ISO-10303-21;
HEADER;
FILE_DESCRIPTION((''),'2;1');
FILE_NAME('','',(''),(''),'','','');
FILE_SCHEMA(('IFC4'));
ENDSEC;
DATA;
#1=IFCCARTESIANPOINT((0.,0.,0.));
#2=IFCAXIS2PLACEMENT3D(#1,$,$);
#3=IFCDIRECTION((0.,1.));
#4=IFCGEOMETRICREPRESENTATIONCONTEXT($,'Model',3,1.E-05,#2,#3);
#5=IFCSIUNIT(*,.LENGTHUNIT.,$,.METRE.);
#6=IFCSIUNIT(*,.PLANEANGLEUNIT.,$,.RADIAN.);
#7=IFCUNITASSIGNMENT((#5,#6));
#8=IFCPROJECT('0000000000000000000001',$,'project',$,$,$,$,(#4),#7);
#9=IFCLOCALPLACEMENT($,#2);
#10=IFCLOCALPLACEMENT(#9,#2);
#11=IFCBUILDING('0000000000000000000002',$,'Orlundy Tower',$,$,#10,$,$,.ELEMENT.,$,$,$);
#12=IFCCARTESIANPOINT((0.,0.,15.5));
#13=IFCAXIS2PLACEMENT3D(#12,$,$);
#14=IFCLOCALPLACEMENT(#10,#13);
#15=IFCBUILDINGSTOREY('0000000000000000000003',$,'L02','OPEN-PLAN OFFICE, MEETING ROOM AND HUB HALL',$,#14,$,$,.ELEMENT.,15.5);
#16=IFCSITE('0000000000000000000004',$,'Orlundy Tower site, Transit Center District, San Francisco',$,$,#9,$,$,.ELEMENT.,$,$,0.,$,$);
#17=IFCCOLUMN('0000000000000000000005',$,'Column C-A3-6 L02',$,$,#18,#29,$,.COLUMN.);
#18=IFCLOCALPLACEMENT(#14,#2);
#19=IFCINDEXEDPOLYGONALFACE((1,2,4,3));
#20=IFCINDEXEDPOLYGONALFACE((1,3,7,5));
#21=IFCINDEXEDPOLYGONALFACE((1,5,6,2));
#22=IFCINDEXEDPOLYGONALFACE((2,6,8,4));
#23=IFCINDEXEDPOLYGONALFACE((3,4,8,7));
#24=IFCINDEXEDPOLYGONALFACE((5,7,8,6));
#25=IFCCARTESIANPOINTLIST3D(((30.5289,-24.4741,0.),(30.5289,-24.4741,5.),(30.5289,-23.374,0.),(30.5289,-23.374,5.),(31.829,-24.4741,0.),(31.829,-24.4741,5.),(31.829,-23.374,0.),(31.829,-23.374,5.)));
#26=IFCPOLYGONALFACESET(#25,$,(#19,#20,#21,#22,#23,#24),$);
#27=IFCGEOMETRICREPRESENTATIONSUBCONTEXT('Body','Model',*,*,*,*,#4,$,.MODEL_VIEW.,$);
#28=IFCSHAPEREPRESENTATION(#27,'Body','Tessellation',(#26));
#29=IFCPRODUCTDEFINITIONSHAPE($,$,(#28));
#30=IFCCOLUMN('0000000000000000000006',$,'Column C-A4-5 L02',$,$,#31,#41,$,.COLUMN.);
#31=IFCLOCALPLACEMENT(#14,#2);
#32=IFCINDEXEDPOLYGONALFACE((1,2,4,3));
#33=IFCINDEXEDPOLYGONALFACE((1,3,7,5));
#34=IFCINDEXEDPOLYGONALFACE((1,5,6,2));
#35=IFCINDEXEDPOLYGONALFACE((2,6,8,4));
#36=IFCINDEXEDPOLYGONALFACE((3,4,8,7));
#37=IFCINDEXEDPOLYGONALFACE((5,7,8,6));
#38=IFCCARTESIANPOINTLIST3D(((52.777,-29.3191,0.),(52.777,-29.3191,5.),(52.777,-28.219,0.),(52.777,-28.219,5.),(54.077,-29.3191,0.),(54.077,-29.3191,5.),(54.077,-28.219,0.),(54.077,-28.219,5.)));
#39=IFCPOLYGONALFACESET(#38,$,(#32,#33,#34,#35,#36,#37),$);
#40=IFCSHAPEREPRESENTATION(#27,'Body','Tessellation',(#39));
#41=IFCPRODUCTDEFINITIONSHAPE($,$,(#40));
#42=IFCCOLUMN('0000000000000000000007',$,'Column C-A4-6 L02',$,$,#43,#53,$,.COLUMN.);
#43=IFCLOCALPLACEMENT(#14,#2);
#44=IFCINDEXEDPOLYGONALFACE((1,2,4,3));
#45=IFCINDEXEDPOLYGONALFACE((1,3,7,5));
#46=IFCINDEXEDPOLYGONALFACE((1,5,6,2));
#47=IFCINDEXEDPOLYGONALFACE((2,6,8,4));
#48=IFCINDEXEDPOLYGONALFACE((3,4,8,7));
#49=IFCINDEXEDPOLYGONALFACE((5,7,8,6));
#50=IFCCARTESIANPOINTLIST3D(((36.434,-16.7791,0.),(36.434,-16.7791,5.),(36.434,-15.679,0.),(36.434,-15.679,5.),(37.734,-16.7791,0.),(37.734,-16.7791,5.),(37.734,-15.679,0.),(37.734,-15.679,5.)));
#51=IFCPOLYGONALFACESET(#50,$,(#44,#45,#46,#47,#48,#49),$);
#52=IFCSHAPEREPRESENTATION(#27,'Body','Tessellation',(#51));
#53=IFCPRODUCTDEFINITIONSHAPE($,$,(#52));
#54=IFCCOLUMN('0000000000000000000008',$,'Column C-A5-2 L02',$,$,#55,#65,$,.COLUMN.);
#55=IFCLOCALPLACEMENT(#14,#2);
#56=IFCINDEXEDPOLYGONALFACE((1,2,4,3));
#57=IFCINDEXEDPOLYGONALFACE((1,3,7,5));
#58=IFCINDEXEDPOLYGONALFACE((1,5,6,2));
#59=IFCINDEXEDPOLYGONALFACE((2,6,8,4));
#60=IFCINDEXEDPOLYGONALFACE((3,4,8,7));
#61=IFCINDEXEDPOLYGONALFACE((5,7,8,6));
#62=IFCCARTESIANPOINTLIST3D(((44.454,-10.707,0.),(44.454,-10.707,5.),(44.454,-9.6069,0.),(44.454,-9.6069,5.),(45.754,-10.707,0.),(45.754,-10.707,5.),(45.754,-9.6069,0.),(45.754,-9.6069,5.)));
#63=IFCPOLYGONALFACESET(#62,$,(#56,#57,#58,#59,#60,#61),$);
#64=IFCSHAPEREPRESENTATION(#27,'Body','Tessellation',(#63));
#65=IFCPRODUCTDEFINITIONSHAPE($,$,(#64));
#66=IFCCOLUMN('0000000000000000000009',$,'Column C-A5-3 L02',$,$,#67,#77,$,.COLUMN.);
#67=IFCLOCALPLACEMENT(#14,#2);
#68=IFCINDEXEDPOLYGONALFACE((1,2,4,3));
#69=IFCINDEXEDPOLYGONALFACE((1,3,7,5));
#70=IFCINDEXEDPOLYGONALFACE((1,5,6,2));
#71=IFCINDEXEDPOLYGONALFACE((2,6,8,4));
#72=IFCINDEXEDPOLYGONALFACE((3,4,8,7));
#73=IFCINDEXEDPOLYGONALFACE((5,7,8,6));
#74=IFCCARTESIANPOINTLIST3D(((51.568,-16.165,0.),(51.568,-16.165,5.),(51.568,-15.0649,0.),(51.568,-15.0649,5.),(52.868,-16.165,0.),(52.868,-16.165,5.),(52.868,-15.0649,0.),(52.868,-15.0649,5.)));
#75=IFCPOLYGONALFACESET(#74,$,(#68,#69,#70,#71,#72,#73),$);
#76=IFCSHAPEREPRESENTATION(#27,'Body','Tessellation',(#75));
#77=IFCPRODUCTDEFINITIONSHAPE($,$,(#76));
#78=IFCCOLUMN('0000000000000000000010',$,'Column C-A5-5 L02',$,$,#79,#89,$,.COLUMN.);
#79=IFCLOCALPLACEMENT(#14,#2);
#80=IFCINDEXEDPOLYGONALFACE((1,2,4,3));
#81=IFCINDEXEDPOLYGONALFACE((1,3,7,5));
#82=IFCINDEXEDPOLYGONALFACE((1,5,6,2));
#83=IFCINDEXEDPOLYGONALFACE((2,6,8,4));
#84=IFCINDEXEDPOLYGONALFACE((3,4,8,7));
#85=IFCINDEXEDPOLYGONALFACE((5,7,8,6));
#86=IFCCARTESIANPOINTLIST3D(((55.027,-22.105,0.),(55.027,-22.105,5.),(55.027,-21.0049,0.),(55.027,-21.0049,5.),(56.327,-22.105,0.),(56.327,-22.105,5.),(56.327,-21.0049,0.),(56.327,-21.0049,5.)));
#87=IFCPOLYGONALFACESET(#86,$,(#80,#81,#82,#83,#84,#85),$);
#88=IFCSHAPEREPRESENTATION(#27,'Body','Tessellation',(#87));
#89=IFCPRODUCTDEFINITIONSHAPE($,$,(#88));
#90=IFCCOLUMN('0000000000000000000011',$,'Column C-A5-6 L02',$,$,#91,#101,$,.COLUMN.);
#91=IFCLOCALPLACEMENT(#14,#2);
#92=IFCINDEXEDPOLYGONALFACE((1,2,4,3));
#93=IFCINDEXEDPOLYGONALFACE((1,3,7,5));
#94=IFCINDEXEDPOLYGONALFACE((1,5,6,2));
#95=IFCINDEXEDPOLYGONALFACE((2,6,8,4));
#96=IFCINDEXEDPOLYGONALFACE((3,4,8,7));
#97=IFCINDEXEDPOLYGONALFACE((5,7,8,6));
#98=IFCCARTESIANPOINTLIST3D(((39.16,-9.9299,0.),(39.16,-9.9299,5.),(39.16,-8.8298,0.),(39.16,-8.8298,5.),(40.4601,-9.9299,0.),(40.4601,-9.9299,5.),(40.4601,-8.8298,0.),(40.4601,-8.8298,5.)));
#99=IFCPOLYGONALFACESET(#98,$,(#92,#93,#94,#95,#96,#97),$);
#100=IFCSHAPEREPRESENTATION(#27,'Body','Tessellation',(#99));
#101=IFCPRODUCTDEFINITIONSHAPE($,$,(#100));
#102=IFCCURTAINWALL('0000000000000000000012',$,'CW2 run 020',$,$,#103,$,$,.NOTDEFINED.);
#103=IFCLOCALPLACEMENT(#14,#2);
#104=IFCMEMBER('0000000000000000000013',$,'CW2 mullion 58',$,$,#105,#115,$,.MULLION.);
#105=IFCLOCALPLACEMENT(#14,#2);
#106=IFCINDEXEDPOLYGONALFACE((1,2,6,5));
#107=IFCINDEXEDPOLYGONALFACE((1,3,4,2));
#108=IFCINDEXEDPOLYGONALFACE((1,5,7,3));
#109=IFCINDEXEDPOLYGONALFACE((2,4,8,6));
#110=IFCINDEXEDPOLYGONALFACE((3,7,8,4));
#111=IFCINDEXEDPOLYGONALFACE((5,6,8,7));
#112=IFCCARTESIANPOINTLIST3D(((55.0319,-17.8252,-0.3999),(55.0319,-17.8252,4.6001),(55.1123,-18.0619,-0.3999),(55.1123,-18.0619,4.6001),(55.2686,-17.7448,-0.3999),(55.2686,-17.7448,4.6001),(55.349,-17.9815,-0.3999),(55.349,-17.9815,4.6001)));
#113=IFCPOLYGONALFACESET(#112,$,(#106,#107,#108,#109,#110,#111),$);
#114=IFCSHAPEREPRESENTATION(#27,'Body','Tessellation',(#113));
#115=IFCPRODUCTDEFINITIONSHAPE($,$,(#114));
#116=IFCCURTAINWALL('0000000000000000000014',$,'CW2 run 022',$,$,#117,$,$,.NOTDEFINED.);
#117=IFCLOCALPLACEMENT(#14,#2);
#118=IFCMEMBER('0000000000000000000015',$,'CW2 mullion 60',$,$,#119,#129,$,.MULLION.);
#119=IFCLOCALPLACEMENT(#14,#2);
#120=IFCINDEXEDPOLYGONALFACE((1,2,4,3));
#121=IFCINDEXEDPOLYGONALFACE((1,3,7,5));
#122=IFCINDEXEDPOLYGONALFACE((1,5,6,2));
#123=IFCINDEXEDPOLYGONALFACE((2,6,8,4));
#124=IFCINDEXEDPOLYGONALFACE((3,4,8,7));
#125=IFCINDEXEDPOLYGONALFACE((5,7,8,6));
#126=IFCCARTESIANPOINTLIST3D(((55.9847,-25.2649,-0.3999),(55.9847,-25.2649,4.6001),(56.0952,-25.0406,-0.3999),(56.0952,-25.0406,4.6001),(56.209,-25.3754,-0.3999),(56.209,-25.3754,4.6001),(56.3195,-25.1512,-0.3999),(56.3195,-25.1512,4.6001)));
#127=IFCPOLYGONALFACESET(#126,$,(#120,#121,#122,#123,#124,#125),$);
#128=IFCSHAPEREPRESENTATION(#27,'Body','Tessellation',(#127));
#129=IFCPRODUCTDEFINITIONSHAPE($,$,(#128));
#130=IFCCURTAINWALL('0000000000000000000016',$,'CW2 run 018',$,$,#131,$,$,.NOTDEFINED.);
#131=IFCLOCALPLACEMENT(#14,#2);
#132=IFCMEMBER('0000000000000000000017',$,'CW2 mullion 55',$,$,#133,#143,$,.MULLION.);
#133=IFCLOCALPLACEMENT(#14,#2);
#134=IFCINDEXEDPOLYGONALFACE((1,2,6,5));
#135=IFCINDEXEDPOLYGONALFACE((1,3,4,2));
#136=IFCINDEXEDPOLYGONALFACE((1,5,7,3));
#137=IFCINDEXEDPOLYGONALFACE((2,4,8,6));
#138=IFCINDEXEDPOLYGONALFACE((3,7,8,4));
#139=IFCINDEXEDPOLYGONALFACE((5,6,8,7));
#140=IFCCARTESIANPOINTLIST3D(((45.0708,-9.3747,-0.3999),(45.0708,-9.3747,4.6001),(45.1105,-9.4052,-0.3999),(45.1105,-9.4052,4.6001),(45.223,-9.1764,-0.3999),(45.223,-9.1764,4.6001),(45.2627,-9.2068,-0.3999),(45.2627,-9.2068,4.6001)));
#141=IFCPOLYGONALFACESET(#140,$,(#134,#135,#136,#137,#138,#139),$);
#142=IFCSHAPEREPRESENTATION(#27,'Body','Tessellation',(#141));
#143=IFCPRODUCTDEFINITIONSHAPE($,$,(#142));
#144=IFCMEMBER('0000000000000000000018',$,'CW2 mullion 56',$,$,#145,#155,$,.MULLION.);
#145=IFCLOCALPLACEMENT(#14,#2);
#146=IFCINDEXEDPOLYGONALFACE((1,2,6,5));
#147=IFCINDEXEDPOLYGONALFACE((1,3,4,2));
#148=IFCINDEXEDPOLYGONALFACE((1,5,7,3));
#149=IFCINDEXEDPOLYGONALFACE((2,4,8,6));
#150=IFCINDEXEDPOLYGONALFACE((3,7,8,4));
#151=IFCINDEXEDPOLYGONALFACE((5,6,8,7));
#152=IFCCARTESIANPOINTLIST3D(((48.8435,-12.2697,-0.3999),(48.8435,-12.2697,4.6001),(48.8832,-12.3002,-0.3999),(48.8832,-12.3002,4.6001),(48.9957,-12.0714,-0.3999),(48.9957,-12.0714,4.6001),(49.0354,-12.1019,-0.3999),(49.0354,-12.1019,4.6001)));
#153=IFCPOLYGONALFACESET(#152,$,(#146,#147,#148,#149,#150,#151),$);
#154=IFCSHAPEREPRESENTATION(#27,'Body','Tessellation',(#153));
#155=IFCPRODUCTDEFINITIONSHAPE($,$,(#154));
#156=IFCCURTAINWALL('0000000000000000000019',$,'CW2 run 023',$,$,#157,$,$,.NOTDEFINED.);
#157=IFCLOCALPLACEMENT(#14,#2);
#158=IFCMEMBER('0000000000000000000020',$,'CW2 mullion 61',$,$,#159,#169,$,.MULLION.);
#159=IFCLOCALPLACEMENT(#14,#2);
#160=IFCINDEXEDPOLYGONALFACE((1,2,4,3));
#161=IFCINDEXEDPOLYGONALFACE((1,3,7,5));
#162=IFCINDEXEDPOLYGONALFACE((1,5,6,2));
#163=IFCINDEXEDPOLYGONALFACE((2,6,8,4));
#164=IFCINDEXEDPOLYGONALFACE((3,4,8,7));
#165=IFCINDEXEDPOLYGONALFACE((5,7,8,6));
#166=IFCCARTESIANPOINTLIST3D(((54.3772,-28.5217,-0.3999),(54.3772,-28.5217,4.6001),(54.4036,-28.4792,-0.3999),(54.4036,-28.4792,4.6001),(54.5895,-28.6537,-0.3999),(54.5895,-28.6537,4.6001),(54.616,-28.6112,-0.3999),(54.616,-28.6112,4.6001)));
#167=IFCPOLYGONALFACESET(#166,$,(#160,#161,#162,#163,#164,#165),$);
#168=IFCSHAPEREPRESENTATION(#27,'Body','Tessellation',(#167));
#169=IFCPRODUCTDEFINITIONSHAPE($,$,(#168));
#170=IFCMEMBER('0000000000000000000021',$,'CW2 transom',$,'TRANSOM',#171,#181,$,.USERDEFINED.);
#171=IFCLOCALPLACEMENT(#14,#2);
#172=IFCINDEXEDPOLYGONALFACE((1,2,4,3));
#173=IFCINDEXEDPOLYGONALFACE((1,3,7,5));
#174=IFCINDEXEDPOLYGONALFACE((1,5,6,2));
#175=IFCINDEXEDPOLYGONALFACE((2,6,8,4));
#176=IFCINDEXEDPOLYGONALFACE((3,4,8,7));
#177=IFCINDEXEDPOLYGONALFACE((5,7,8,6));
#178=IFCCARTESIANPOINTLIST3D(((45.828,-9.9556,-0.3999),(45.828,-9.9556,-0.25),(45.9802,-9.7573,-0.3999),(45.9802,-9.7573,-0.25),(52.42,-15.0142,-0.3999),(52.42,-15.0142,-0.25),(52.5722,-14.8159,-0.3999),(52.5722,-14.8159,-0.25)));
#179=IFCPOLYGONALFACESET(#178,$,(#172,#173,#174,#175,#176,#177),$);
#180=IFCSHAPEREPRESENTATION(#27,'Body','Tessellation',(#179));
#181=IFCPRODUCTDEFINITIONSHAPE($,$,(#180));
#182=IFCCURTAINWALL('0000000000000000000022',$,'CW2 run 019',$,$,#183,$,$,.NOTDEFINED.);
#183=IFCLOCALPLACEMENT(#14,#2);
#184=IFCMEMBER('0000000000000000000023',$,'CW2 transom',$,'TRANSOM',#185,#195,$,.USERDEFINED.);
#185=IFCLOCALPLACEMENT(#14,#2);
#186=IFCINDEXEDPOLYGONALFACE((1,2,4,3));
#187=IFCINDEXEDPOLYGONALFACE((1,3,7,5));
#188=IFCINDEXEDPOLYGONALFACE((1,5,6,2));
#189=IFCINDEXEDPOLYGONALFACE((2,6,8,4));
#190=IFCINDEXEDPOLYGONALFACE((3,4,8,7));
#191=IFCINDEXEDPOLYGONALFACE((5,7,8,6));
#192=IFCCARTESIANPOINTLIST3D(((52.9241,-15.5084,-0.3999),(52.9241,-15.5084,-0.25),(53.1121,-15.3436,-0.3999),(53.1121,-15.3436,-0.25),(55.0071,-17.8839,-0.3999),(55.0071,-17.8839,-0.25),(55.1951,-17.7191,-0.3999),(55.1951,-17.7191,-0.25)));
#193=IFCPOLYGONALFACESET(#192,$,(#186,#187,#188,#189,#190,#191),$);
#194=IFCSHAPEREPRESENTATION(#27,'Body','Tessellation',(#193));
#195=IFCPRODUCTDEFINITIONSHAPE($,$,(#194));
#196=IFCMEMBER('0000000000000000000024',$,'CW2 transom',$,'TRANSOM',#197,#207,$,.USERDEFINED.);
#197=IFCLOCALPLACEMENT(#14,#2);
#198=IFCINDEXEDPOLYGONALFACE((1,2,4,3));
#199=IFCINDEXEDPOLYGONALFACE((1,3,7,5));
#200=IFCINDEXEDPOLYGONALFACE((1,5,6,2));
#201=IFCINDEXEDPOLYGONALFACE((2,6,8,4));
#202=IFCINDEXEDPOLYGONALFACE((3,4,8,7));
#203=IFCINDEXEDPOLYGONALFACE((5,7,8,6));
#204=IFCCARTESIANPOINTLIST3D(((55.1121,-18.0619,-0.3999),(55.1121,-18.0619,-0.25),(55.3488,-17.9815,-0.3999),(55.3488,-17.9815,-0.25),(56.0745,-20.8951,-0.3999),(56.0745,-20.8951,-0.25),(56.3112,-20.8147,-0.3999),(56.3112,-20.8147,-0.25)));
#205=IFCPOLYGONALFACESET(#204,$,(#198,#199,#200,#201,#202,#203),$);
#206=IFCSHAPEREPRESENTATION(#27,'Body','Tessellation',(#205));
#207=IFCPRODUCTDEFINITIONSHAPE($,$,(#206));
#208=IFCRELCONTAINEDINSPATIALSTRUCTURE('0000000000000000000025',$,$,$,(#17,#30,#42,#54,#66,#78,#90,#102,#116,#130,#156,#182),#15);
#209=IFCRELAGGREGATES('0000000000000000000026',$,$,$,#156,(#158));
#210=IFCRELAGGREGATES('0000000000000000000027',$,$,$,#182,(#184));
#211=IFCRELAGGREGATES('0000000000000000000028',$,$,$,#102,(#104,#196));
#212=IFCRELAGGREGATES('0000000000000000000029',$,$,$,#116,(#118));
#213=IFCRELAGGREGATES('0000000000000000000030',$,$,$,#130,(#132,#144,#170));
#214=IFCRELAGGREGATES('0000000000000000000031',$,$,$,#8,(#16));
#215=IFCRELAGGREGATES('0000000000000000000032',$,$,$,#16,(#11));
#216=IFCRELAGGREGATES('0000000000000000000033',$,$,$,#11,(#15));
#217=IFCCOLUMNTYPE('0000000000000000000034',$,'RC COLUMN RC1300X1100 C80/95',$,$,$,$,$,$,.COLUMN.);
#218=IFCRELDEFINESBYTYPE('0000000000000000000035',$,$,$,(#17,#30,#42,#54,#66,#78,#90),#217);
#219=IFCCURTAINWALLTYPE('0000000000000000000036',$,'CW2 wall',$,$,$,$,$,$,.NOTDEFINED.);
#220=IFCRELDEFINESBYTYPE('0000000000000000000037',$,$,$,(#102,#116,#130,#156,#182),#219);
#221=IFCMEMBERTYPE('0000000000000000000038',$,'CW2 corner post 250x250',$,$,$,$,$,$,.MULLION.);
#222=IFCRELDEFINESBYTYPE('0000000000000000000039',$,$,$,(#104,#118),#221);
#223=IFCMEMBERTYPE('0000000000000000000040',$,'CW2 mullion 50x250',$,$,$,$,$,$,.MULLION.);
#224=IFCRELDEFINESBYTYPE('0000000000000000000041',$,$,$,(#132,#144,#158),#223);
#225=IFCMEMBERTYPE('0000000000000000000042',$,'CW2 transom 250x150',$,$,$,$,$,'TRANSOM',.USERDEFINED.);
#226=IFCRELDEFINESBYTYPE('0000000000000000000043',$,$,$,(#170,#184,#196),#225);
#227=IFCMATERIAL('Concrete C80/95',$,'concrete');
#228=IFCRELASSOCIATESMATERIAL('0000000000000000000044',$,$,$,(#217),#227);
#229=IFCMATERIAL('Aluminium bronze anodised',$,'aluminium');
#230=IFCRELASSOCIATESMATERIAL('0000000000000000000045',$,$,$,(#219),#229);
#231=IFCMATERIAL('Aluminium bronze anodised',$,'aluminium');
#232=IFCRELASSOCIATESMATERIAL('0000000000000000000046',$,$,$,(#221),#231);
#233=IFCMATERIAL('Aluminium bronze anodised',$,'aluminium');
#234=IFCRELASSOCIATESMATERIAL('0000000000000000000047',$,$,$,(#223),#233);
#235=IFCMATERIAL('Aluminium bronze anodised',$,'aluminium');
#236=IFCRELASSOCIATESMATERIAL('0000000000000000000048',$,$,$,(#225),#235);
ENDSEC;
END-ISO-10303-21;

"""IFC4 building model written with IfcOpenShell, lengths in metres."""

from ifc_helpers import new_model, si_unit, direction, frame, origin, origin_2d, place, context, subcontext, project, spatial, rectangle, extrude, material, material_profile, profile_set, type_object, element, aggregate, save


model = new_model("IFC4")

# Units and contexts
model_context = context("Model", 3, precision=1e-05, world=origin(), true_north=direction((0.0, 1.0)))
body_context = subcontext(model_context, "Body", "Model", "MODEL_VIEW")
ifc_project = project(units=[si_unit("LENGTHUNIT", "METRE"), si_unit("PLANEANGLEUNIT", "RADIAN")], contexts=[model_context])

# Site, building, storey
site_placement = place(None, origin())
site = spatial("IfcSite", under=ifc_project, at=site_placement, Name="Orlundy Tower site, Transit Center District, San Francisco", CompositionType="ELEMENT", RefElevation=0.0)
building_placement = place(site_placement, origin())
building = spatial("IfcBuilding", under=site, at=building_placement, Name="Orlundy Tower", CompositionType="ELEMENT")
storey_placement = place(building_placement, frame((0.0, 0.0, 15.5)))
storey = spatial("IfcBuildingStorey", under=building, at=storey_placement, Name="L02", Description="OPEN-PLAN OFFICE, MEETING ROOM AND HUB HALL", CompositionType="ELEMENT", Elevation=15.5)

# Columns
ifc_material_1 = material(Name="Concrete C80/95", Category="concrete")
ifc_material_profile_1 = material_profile(ifc_material_1, rectangle(XDim=1.3, YDim=1.1001, at=origin_2d()), Name="RC1300X1100")
ifc_profile_set_1 = profile_set([ifc_material_profile_1], Name="Concrete C80/95")
column_type = type_object("IfcColumnType", Name="RC COLUMN RC1300X1100 C80/95", PredefinedType="COLUMN", material=ifc_profile_set_1)
for number, where, z_axis, x_axis, name in (
    (1, (31.179, -23.9241, 0.0), (0.0, 0.0, 1.0), (1.0, 0.0, 0.0), "Column C-A3-6 L02"),
    (2, (53.427, -28.769, 0.0), (0.0, 0.0, 1.0), (1.0, 0.0, 0.0), "Column C-A4-5 L02"),
    (3, (37.084, -16.229, 0.0), (0.0, 0.0, 1.0), (1.0, 0.0, 0.0), "Column C-A4-6 L02"),
    (4, (45.104, -10.157, 0.0), (0.0, 0.0, 1.0), (1.0, 0.0, 0.0), "Column C-A5-2 L02"),
    (5, (52.218, -15.615, 0.0), (0.0, 0.0, 1.0), (1.0, 0.0, 0.0), "Column C-A5-3 L02"),
    (6, (55.677, -21.5549, 0.0), (0.0, 0.0, 1.0), (1.0, 0.0, 0.0), "Column C-A5-5 L02"),
    (7, (39.8101, -9.3799, 0.0), (0.0, 0.0, 1.0), (1.0, 0.0, 0.0), "Column C-A5-6 L02"),
):
    element("IfcColumn", number, at=place(storey_placement, frame(where, z_axis=z_axis, x_axis=x_axis)), inside=storey, type_object=column_type, Name=name, PredefinedType="COLUMN", context=body_context, shape_type="SweptSolid", body=[
        extrude(rectangle(XDim=1.3, YDim=1.1001, at=origin_2d()), origin(), (0.0, 0.0, 1.0), 5.0),
    ])

# Curtain walls, members
ifc_material_2 = material(Name="Aluminium bronze anodised", Category="aluminium")
curtain_wall_type = type_object("IfcCurtainWallType", Name="CW2 wall", PredefinedType="NOTDEFINED", material=ifc_material_2)
curtain_wall_1_placement = place(storey_placement, origin())
curtain_wall_1 = element("IfcCurtainWall", 8, at=curtain_wall_1_placement, inside=storey, type_object=curtain_wall_type, Name="CW2 run 020", PredefinedType="NOTDEFINED")
ifc_material_3 = material(Name="Aluminium bronze anodised", Category="aluminium")
ifc_material_profile_2 = material_profile(ifc_material_3, rectangle(XDim=0.25, YDim=0.25, at=origin_2d()), Name="CW2 corner post 250x250")
ifc_profile_set_2 = profile_set([ifc_material_profile_2], Name="Aluminium bronze anodised")
member_type_1 = type_object("IfcMemberType", Name="CW2 corner post 250x250", PredefinedType="MULLION", material=ifc_profile_set_2)
member_1_placement = place(storey_placement, frame((55.1904, -17.9033, -0.3999), z_axis=(0.0, 0.0, 1.0), x_axis=(0.946888, 0.321564, 0.0)))
member_1 = element("IfcMember", 9, at=member_1_placement, type_object=member_type_1, Name="CW2 mullion 58", PredefinedType="MULLION", context=body_context, shape_type="SweptSolid", body=[
    extrude(rectangle(XDim=0.25, YDim=0.25, at=origin_2d()), origin(), (0.0, 0.0, 1.0), 5.0),
])
curtain_wall_2_placement = place(storey_placement, origin())
curtain_wall_2 = element("IfcCurtainWall", 10, at=curtain_wall_2_placement, inside=storey, type_object=curtain_wall_type, Name="CW2 run 022", PredefinedType="NOTDEFINED")
member_2_placement = place(storey_placement, frame((56.1521, -25.208, -0.3999), z_axis=(0.0, 0.0, 1.0), x_axis=(0.896949, -0.442135, 0.0)))
member_2 = element("IfcMember", 11, at=member_2_placement, type_object=member_type_1, Name="CW2 mullion 60", PredefinedType="MULLION", context=body_context, shape_type="SweptSolid", body=[
    extrude(rectangle(XDim=0.25, YDim=0.25, at=origin_2d()), origin(), (0.0, 0.0, 1.0), 5.0),
])

# Curtain wall, members
curtain_wall_3_placement = place(storey_placement, origin())
curtain_wall_3 = element("IfcCurtainWall", 12, at=curtain_wall_3_placement, inside=storey, type_object=curtain_wall_type, Name="CW2 run 018", PredefinedType="NOTDEFINED")
ifc_material_4 = material(Name="Aluminium bronze anodised", Category="aluminium")
ifc_material_profile_3 = material_profile(ifc_material_4, rectangle(XDim=0.25, YDim=0.05, at=origin_2d()), Name="CW2 mullion 50x250")
ifc_profile_set_3 = profile_set([ifc_material_profile_3], Name="Aluminium bronze anodised")
member_type_2 = type_object("IfcMemberType", Name="CW2 mullion 50x250", PredefinedType="MULLION", material=ifc_profile_set_3)
member_3_placement = place(storey_placement, frame((45.1667, -9.2908, -0.3999), z_axis=(0.0, 0.0, 1.0), x_axis=(0.608779, 0.79334, 0.0)))
member_3 = element("IfcMember", 13, at=member_3_placement, type_object=member_type_2, Name="CW2 mullion 55", PredefinedType="MULLION", context=body_context, shape_type="SweptSolid", body=[
    extrude(rectangle(XDim=0.25, YDim=0.05, at=origin_2d()), origin(), (0.0, 0.0, 1.0), 5.0),
])
member_4_placement = place(storey_placement, frame((48.9395, -12.1858, -0.3999), z_axis=(0.0, 0.0, 1.0), x_axis=(0.608779, 0.79334, 0.0)))
member_4 = element("IfcMember", 14, at=member_4_placement, type_object=member_type_2, Name="CW2 mullion 56", PredefinedType="MULLION", context=body_context, shape_type="SweptSolid", body=[
    extrude(rectangle(XDim=0.25, YDim=0.05, at=origin_2d()), origin(), (0.0, 0.0, 1.0), 5.0),
])

# Curtain wall, member
curtain_wall_4_placement = place(storey_placement, origin())
curtain_wall_4 = element("IfcCurtainWall", 15, at=curtain_wall_4_placement, inside=storey, type_object=curtain_wall_type, Name="CW2 run 023", PredefinedType="NOTDEFINED")
member_5_placement = place(storey_placement, frame((54.4966, -28.5664, -0.3999), z_axis=(0.0, 0.0, 1.0), x_axis=(0.849244, -0.528, 0.0)))
member_5 = element("IfcMember", 16, at=member_5_placement, type_object=member_type_2, Name="CW2 mullion 61", PredefinedType="MULLION", context=body_context, shape_type="SweptSolid", body=[
    extrude(rectangle(XDim=0.25, YDim=0.05, at=origin_2d()), origin(), (0.0, 0.0, 1.0), 5.0),
])

# Member
ifc_material_5 = material(Name="Aluminium bronze anodised", Category="aluminium")
ifc_material_profile_4 = material_profile(ifc_material_5, rectangle(XDim=0.25, YDim=0.1499, at=origin_2d()), Name="CW2 transom 250x150")
ifc_profile_set_4 = profile_set([ifc_material_profile_4], Name="Aluminium bronze anodised")
member_type_3 = type_object("IfcMemberType", Name="CW2 transom 250x150", ElementType="TRANSOM", PredefinedType="USERDEFINED", material=ifc_profile_set_4)
member_6_placement = place(storey_placement, frame((45.9041, -9.8564, -0.325), z_axis=(0.793333, -0.608787, 0.0), x_axis=(0.608787, 0.793333, 0.0)))
member_6 = element("IfcMember", 17, at=member_6_placement, type_object=member_type_3, Name="CW2 transom", ObjectType="TRANSOM", PredefinedType="USERDEFINED", context=body_context, shape_type="SweptSolid", body=[
    extrude(rectangle(XDim=0.25, YDim=0.1499, at=origin_2d()), origin(), (0.0, 0.0, 1.0), 8.3093),
])

# Curtain wall, member
curtain_wall_5_placement = place(storey_placement, origin())
curtain_wall_5 = element("IfcCurtainWall", 18, at=curtain_wall_5_placement, inside=storey, type_object=curtain_wall_type, Name="CW2 run 019", PredefinedType="NOTDEFINED")
member_7_placement = place(storey_placement, frame((53.0181, -15.426, -0.325), z_axis=(0.659303, -0.751877, 0.0), x_axis=(0.751877, 0.659303, 0.0)))
member_7 = element("IfcMember", 19, at=member_7_placement, type_object=member_type_3, Name="CW2 transom", ObjectType="TRANSOM", PredefinedType="USERDEFINED", context=body_context, shape_type="SweptSolid", body=[
    extrude(rectangle(XDim=0.25, YDim=0.1499, at=origin_2d()), origin(), (0.0, 0.0, 1.0), 3.1594),
])

# Member
member_8_placement = place(storey_placement, frame((55.2305, -18.0217, -0.325), z_axis=(0.321632, -0.946865, 0.0), x_axis=(0.946865, 0.321632, 0.0)))
member_8 = element("IfcMember", 20, at=member_8_placement, type_object=member_type_3, Name="CW2 transom", ObjectType="TRANSOM", PredefinedType="USERDEFINED", context=body_context, shape_type="SweptSolid", body=[
    extrude(rectangle(XDim=0.25, YDim=0.1499, at=origin_2d()), origin(), (0.0, 0.0, 1.0), 2.9922),
])

aggregate(curtain_wall_4, [member_5])

aggregate(curtain_wall_5, [member_7])
aggregate(curtain_wall_1, [member_1, member_8])
aggregate(curtain_wall_2, [member_2])
aggregate(curtain_wall_3, [member_3, member_4, member_6])

save(model, "model.ifc")
